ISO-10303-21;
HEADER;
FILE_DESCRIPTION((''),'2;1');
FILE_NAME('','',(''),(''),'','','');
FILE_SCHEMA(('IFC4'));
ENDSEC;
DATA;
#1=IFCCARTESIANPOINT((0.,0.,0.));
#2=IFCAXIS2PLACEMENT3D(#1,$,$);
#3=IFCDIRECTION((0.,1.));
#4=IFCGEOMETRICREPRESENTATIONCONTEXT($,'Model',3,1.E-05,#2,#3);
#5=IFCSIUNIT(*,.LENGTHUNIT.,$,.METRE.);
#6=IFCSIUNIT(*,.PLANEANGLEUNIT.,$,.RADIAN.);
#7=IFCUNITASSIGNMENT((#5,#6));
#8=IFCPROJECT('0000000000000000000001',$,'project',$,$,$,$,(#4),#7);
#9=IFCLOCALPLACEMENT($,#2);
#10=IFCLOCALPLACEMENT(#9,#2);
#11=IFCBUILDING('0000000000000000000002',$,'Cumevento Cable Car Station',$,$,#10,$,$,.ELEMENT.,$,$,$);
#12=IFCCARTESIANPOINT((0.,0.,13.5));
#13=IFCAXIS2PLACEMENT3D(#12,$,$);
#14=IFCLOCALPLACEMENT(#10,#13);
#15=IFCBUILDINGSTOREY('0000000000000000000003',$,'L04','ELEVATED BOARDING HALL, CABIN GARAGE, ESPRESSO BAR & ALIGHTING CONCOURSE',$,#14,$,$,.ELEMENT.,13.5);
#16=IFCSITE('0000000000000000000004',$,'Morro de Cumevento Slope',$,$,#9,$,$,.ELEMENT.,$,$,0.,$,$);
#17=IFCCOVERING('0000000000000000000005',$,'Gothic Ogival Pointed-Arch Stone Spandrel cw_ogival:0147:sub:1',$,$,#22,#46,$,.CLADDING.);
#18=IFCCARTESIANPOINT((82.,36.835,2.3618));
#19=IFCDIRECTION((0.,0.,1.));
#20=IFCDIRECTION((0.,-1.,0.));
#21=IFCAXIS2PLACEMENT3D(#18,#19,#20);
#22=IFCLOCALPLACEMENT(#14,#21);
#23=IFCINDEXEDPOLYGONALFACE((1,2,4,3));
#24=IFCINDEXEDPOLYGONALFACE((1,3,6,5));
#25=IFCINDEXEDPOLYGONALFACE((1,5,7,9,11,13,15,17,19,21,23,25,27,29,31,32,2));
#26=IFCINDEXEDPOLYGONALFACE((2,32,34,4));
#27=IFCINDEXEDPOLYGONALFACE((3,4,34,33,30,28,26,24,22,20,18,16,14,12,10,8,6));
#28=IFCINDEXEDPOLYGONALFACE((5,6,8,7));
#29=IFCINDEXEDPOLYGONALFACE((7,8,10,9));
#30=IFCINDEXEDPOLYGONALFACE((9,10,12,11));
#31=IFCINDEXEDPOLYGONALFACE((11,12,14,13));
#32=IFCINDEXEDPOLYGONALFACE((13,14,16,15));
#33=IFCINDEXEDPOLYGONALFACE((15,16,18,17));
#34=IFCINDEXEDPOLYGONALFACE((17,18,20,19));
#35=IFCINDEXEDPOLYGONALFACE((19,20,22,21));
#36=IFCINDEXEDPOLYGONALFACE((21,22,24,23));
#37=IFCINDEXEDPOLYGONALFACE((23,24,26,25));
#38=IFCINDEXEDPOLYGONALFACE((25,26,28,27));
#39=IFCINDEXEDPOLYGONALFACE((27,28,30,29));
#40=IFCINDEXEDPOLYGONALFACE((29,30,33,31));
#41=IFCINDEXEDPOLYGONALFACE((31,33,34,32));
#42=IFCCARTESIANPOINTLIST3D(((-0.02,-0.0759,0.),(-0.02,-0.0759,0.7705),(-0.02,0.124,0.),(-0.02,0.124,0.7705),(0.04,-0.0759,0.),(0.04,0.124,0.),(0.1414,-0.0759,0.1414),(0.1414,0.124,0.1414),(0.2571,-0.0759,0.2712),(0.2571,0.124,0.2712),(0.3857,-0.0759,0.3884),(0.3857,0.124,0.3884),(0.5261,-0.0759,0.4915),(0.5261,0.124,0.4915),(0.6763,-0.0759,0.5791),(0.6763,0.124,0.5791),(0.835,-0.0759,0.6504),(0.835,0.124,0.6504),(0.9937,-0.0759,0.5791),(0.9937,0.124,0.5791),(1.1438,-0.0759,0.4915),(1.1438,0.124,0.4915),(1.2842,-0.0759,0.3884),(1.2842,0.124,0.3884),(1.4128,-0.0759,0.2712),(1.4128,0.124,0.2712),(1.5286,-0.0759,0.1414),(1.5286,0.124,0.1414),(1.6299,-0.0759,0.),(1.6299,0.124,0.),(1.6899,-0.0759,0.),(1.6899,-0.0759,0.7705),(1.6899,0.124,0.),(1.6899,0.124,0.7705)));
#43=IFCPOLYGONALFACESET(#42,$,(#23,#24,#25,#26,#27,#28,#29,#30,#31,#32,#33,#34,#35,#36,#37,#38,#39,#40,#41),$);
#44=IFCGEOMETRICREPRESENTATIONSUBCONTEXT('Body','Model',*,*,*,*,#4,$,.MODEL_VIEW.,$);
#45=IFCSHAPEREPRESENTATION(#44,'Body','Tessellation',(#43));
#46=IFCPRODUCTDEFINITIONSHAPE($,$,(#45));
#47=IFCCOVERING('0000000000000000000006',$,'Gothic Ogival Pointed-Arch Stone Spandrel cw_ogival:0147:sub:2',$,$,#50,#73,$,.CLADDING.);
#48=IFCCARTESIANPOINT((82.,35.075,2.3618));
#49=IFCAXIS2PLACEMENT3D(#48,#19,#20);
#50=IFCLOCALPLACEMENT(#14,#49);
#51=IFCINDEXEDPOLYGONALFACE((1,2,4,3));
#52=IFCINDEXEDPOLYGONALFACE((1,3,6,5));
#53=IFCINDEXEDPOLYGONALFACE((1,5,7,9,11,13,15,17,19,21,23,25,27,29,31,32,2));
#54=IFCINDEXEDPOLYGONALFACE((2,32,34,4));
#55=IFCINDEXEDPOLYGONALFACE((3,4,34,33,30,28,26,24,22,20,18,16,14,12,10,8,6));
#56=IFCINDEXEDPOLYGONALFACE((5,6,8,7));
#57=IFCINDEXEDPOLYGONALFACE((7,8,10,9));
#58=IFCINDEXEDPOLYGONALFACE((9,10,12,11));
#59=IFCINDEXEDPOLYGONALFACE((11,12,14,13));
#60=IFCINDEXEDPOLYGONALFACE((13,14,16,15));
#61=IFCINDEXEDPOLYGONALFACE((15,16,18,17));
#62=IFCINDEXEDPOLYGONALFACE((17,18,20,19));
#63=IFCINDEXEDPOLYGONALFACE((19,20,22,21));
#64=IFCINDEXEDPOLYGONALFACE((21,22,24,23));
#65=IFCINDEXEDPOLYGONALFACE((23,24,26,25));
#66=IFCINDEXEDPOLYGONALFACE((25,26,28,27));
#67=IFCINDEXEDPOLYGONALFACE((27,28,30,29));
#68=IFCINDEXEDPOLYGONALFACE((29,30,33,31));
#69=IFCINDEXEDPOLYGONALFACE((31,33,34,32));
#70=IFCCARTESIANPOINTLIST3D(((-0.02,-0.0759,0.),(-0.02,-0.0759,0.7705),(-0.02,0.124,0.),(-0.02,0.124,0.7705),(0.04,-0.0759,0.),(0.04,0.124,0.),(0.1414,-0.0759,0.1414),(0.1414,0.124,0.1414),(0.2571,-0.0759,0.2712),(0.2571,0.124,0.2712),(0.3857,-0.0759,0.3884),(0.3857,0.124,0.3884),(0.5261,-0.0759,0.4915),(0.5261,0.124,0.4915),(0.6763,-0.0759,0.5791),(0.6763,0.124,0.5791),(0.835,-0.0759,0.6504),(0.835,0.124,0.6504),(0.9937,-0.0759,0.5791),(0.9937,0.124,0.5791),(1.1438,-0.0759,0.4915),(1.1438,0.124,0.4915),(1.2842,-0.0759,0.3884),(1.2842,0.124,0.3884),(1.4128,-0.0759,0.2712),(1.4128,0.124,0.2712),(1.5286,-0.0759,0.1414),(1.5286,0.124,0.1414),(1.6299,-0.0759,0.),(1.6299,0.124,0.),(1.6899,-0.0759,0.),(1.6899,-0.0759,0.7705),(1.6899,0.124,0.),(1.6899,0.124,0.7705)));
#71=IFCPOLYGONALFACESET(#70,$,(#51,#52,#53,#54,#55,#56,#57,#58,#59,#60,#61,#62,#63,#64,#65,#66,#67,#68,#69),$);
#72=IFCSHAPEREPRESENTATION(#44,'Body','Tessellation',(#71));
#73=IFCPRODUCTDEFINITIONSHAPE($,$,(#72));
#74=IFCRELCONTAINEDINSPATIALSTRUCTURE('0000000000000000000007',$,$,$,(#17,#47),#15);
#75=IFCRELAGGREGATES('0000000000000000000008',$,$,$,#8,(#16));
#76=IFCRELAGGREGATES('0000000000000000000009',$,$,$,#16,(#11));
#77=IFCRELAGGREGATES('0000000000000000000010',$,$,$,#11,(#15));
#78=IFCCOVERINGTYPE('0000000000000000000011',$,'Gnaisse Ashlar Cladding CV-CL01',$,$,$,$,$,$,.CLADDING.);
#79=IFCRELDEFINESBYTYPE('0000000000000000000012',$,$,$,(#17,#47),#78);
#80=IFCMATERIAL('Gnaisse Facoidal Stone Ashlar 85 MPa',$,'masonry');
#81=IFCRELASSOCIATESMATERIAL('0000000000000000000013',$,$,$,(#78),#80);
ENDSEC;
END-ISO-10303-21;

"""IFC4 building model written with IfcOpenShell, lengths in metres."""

from ifc_helpers import new_model, si_unit, direction, frame, origin, place, context, subcontext, project, spatial, polyline, outline, extrude, material, type_object, element, save


model = new_model("IFC4")

# Units and contexts
model_context = context("Model", 3, precision=1e-05, world=origin(), true_north=direction((0.0, 1.0)))
body_context = subcontext(model_context, "Body", "Model", "MODEL_VIEW")
ifc_project = project(units=[si_unit("LENGTHUNIT", "METRE"), si_unit("PLANEANGLEUNIT", "RADIAN")], contexts=[model_context])

# Site, building, storey
site_placement = place(None, origin())
site = spatial("IfcSite", under=ifc_project, at=site_placement, Name="Morro de Cumevento Slope", CompositionType="ELEMENT", RefElevation=0.0)
building_placement = place(site_placement, origin())
building = spatial("IfcBuilding", under=site, at=building_placement, Name="Cumevento Cable Car Station", CompositionType="ELEMENT")
storey_placement = place(building_placement, frame((0.0, 0.0, 13.5)))
storey = spatial("IfcBuildingStorey", under=building, at=storey_placement, Name="L04", Description="ELEVATED BOARDING HALL, CABIN GARAGE, ESPRESSO BAR & ALIGHTING CONCOURSE", CompositionType="ELEMENT", Elevation=13.5)

# Coverings
ifc_material_1 = material(Name="Gnaisse Facoidal Stone Ashlar 85 MPa", Category="masonry")
covering_type = type_object("IfcCoveringType", Name="Gnaisse Ashlar Cladding CV-CL01", PredefinedType="CLADDING", material=ifc_material_1)
for number, where, z_axis, x_axis, name in (
    (1, (82.0, 36.835, 2.3618), (0.0, 0.0, 1.0), (0.0, -1.0, 0.0), "Gothic Ogival Pointed-Arch Stone Spandrel cw_ogival:0147:sub:1"),
    (2, (82.0, 35.075, 2.3618), (0.0, 0.0, 1.0), (0.0, -1.0, 0.0), "Gothic Ogival Pointed-Arch Stone Spandrel cw_ogival:0147:sub:2"),
):
    element("IfcCovering", number, at=place(storey_placement, frame(where, z_axis=z_axis, x_axis=x_axis)), inside=storey, type_object=covering_type, Name=name, PredefinedType="CLADDING", context=body_context, shape_type="SweptSolid", body=[
        extrude(outline(polyline([(-0.02, 0.0), (-0.02, 0.7705), (1.6899, 0.7705), (1.6899, 0.0), (1.6299, 0.0), (1.5286, 0.1414), (1.4128, 0.2712), (1.2842, 0.3884), (1.1438, 0.4915), (0.9937, 0.5791), (0.835, 0.6504), (0.6763, 0.5791), (0.5261, 0.4915), (0.3857, 0.3884), (0.2571, 0.2712), (0.1414, 0.1414), (0.04, 0.0), (-0.02, 0.0)])), frame((0.0, 0.124, 0.0), z_axis=(0.0, -1.0, 0.0), x_axis=(1.0, 0.0, 0.0)), (0.0, 0.0, 1.0), 0.2),
    ])

save(model, "model.ifc")
